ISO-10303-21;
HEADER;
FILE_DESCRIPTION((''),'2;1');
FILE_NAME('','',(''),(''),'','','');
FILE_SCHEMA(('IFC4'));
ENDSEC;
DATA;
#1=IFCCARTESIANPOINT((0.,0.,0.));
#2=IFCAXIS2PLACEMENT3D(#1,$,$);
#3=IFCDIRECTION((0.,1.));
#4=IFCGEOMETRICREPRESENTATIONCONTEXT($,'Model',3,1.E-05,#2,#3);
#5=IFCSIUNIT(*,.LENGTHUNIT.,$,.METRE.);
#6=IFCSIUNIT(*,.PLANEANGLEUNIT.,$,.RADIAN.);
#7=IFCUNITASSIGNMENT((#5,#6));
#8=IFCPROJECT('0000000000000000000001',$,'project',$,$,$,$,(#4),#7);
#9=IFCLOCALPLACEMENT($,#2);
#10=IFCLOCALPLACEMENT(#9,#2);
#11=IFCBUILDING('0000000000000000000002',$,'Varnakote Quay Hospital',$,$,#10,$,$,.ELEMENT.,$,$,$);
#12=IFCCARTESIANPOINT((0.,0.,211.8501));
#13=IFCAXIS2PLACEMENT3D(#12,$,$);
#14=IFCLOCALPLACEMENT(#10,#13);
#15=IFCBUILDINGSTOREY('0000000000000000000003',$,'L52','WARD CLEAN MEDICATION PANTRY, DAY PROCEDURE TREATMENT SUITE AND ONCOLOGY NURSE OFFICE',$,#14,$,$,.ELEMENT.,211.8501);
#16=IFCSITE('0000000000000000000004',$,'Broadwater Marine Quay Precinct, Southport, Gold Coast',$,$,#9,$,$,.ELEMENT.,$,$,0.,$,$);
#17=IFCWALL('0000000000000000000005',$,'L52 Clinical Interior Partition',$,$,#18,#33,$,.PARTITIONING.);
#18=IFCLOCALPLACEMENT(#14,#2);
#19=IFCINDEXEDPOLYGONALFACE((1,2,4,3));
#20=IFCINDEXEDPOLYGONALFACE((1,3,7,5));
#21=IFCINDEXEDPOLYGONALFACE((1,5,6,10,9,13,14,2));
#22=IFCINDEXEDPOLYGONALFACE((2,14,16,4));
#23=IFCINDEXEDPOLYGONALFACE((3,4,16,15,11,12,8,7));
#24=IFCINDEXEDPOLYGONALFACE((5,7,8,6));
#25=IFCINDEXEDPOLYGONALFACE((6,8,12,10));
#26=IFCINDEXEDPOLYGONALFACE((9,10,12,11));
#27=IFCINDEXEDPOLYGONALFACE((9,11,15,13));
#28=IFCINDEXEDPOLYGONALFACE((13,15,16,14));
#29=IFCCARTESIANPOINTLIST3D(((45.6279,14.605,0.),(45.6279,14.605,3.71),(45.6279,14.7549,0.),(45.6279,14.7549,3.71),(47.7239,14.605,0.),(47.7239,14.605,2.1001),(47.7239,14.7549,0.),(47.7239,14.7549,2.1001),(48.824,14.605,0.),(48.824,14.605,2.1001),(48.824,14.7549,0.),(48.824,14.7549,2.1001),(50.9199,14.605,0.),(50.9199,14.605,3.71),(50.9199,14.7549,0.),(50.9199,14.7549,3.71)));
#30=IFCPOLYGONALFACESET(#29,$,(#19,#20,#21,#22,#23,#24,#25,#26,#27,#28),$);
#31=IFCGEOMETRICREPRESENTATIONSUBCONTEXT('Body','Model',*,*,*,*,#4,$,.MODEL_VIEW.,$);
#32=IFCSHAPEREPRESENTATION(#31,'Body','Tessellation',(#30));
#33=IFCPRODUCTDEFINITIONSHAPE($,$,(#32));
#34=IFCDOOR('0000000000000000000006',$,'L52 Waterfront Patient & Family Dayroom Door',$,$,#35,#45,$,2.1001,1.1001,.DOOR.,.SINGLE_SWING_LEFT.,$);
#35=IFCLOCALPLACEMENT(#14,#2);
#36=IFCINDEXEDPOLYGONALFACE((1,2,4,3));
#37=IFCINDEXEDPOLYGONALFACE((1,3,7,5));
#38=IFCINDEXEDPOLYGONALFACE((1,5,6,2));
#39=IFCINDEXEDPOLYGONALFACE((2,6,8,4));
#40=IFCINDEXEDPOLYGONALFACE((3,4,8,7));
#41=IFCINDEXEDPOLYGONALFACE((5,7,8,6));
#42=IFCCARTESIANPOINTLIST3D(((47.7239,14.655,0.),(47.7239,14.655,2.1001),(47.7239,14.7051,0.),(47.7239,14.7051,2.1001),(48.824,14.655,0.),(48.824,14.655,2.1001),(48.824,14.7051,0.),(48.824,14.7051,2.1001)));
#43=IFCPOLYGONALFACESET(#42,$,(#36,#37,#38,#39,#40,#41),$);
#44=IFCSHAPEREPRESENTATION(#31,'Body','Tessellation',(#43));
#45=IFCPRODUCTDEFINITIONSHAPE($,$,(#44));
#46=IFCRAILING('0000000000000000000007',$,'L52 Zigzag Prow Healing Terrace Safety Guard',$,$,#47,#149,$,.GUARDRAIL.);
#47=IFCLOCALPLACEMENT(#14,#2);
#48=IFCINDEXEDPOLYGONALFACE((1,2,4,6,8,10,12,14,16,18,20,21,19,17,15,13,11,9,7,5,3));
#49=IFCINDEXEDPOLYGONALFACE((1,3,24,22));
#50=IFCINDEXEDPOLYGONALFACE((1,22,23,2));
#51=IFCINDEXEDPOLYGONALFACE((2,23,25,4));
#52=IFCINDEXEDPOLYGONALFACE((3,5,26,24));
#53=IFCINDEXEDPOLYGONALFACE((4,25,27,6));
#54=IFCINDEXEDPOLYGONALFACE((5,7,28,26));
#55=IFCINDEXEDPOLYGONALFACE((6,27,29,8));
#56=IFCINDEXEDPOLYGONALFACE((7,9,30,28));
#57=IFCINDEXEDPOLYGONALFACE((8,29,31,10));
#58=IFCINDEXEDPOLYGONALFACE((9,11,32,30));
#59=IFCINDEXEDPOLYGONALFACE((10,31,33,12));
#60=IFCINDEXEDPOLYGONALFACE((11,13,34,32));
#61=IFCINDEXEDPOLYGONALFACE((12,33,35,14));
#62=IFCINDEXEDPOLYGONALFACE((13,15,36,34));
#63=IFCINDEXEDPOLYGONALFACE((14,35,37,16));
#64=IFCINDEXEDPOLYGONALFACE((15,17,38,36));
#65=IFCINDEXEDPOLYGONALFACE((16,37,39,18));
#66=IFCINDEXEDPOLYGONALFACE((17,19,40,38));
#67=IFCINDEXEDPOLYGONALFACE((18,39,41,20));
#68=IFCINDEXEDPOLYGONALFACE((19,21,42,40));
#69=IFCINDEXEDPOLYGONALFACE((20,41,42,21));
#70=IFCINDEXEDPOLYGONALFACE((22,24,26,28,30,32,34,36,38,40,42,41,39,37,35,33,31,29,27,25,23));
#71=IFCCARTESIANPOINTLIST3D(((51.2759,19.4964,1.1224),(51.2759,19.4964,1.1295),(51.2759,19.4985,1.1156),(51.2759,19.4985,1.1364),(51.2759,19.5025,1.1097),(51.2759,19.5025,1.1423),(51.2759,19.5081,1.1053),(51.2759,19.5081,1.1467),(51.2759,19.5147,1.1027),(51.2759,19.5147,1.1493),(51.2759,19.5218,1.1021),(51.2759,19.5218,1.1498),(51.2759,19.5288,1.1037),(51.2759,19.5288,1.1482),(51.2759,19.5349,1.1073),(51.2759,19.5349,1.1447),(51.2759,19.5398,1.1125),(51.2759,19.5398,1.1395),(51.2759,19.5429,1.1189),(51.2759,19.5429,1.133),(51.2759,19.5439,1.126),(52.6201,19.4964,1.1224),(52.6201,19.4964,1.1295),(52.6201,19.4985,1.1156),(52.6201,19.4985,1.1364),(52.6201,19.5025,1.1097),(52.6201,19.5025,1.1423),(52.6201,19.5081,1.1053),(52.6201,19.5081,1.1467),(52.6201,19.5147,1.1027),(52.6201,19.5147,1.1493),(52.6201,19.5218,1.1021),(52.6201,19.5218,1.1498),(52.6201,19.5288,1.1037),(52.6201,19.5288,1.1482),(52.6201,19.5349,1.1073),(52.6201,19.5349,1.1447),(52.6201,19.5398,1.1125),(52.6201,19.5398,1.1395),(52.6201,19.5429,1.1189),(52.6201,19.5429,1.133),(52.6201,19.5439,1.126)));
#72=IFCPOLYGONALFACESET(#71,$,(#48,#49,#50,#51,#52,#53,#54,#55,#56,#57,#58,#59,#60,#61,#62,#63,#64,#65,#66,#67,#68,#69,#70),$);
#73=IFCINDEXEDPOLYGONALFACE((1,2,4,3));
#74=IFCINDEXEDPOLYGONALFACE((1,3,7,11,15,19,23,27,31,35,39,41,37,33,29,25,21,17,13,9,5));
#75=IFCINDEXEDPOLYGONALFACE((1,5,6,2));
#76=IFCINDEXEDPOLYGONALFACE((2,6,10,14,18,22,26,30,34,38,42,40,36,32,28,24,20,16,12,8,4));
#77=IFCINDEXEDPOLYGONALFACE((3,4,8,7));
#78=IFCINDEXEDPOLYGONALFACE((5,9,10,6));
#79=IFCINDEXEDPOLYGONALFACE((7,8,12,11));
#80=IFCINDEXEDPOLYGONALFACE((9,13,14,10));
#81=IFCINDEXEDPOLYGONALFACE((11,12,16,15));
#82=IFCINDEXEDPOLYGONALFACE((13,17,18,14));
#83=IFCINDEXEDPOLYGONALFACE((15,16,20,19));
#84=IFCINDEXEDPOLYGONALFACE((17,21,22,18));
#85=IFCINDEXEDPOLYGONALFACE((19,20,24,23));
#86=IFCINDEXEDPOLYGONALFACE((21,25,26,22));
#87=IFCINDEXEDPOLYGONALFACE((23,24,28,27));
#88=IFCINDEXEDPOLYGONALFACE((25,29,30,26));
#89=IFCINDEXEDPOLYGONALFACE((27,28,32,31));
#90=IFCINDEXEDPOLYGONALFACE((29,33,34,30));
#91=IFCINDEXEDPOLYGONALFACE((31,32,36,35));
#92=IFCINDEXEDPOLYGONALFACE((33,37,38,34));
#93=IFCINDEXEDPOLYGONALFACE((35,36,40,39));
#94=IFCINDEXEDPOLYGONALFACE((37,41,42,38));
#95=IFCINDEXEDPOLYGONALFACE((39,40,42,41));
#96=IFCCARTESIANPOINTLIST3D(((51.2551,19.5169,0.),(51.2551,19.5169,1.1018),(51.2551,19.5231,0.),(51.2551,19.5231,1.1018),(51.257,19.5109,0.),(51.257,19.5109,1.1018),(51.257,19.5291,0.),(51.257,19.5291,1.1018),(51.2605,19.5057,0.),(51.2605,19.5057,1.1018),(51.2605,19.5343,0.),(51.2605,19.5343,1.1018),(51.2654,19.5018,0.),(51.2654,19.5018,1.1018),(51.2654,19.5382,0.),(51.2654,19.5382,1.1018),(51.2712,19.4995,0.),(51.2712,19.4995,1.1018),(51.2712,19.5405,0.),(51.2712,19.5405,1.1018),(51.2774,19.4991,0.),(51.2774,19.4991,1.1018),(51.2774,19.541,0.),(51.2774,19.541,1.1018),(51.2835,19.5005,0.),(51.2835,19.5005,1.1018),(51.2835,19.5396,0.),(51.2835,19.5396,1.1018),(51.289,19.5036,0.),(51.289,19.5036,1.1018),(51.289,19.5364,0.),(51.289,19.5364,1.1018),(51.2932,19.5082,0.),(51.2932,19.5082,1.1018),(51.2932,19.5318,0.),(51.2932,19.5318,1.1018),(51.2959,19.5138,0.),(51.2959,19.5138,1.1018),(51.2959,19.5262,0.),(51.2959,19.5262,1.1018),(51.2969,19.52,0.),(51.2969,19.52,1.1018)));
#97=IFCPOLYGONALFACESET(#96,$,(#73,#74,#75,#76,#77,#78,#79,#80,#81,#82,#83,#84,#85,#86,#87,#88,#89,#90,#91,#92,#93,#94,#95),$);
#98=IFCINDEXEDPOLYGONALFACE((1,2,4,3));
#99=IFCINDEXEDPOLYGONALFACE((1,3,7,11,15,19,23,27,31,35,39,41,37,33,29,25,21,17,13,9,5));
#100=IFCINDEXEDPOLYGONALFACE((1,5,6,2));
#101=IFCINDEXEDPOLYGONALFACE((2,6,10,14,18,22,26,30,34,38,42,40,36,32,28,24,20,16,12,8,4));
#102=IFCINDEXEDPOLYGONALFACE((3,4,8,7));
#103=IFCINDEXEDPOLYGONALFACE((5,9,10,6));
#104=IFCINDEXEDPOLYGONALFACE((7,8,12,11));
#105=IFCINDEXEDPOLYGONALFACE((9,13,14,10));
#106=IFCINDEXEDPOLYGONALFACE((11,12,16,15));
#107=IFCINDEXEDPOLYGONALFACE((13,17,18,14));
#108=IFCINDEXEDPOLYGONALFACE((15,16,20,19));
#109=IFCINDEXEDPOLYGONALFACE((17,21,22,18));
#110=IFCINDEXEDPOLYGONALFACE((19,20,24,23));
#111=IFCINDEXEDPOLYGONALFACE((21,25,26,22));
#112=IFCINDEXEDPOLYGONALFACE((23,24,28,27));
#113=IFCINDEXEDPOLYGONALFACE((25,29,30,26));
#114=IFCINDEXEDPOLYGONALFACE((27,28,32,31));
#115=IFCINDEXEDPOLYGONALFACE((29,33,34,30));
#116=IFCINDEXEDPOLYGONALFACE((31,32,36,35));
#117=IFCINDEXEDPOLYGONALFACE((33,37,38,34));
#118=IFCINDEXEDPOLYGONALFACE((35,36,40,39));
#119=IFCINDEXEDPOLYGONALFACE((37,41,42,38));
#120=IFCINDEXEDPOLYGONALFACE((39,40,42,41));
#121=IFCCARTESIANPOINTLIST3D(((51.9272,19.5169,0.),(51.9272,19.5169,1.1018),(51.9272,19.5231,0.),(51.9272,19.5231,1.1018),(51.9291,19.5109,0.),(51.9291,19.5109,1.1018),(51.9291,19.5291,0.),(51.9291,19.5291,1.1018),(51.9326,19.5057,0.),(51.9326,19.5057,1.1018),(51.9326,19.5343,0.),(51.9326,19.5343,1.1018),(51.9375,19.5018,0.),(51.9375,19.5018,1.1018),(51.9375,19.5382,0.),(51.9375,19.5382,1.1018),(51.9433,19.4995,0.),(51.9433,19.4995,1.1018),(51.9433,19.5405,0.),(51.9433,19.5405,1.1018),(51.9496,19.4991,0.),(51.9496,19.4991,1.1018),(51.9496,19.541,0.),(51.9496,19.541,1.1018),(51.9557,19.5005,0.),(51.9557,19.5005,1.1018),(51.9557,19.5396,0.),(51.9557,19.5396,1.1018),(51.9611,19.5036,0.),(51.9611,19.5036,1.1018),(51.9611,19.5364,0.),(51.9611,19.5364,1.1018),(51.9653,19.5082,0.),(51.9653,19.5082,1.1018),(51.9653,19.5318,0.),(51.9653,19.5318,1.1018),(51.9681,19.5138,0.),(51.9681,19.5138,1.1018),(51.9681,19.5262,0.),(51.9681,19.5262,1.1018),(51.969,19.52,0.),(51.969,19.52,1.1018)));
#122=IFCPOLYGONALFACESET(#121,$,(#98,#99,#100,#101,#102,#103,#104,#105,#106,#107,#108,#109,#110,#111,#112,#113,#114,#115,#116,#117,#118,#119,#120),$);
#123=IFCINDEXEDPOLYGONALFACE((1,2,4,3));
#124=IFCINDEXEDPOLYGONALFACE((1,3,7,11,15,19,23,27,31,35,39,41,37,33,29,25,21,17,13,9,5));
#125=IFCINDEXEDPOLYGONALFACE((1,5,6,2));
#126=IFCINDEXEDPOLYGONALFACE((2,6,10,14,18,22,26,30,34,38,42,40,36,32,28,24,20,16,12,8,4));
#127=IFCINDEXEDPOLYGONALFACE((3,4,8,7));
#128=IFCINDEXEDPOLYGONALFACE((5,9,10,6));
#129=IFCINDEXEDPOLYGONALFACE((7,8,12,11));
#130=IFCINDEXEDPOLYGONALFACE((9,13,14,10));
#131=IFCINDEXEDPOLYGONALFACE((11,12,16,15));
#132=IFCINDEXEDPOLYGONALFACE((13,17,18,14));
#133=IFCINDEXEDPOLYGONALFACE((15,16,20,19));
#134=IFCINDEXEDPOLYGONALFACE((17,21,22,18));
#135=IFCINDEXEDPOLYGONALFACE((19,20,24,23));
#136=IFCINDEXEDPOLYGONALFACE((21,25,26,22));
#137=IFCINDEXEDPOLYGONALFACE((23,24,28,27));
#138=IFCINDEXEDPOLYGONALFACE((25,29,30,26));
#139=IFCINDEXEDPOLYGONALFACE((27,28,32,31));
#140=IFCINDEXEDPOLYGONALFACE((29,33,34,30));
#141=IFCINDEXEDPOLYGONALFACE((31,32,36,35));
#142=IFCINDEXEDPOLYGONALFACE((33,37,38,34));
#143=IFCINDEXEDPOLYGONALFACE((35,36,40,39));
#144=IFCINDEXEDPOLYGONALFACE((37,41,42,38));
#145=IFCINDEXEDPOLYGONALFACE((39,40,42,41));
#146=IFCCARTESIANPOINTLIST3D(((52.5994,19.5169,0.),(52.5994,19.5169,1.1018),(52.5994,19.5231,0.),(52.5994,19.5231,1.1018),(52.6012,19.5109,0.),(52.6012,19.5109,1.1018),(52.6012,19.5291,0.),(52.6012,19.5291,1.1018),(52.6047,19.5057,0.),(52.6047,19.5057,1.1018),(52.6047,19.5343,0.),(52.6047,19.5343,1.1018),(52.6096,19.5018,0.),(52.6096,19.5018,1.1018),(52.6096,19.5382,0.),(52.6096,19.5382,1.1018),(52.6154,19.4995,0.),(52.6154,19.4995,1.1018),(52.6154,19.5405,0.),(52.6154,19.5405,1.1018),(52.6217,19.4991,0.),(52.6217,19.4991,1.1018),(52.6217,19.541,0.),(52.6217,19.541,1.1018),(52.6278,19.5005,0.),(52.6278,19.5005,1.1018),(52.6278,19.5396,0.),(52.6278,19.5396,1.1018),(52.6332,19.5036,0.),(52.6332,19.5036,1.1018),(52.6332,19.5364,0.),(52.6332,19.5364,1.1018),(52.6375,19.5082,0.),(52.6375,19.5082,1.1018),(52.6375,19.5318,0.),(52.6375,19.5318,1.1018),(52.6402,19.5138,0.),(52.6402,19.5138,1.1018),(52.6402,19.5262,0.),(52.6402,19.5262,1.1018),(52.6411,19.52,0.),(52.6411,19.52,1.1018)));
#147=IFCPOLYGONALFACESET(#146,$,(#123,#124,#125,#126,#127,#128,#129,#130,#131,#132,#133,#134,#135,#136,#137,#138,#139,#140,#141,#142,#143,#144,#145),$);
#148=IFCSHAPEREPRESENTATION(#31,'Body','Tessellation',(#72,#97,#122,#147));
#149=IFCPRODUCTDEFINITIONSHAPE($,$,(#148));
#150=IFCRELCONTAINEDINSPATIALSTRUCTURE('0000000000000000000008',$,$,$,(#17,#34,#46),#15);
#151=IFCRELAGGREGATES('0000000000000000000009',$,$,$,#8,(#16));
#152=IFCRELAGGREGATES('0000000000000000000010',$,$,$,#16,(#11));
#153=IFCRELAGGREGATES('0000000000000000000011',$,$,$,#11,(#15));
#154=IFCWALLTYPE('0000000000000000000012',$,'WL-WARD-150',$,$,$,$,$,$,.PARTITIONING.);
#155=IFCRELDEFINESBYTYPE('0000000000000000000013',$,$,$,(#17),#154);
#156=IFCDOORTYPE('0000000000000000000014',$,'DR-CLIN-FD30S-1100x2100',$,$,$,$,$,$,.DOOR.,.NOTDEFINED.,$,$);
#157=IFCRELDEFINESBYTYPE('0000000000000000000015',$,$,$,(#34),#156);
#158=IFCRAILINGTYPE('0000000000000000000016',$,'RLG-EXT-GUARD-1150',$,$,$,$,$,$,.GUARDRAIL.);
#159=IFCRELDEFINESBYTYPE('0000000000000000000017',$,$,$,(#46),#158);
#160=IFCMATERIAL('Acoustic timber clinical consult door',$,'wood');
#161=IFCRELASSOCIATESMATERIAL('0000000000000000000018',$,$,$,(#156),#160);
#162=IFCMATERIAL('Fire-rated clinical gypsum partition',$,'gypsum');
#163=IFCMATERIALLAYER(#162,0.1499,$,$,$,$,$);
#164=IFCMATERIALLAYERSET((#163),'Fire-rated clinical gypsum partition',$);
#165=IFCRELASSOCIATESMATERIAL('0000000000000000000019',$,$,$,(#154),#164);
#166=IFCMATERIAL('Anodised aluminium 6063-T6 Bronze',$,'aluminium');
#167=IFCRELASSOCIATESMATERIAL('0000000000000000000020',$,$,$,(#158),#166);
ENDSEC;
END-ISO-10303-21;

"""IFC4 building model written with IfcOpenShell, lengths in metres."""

from ifc_helpers import new_model, si_unit, direction, frame, frame_2d, origin, origin_2d, place, context, subcontext, project, spatial, rectangle, circle, extrude, material, layer, layer_set, type_object, element, fill, save


model = new_model("IFC4")

# Units and contexts
model_context = context("Model", 3, precision=1e-05, world=origin(), true_north=direction((0.0, 1.0)))
body_context = subcontext(model_context, "Body", "Model", "MODEL_VIEW")
ifc_project = project(units=[si_unit("LENGTHUNIT", "METRE"), si_unit("PLANEANGLEUNIT", "RADIAN")], contexts=[model_context])

# Site, building, storey
site_placement = place(None, origin())
site = spatial("IfcSite", under=ifc_project, at=site_placement, Name="Broadwater Marine Quay Precinct, Southport, Gold Coast", CompositionType="ELEMENT", RefElevation=0.0)
building_placement = place(site_placement, origin())
building = spatial("IfcBuilding", under=site, at=building_placement, Name="Varnakote Quay Hospital", CompositionType="ELEMENT")
storey_placement = place(building_placement, frame((0.0, 0.0, 211.8501)))
storey = spatial("IfcBuildingStorey", under=building, at=storey_placement, Name="L52", Description="WARD CLEAN MEDICATION PANTRY, DAY PROCEDURE TREATMENT SUITE AND ONCOLOGY NURSE OFFICE", CompositionType="ELEMENT", Elevation=211.8501)

# Shared definitions
ifc_material_1 = material(Name="Acoustic timber clinical consult door", Category="wood")
door_type_1 = type_object("IfcDoorType", Name="DR-CLIN-FD30S-1100x2100", OperationType="NOTDEFINED", PredefinedType="DOOR", material=ifc_material_1)

# Wall, opening, door
ifc_material_2 = material(Name="Fire-rated clinical gypsum partition", Category="gypsum")
ifc_layer_1 = layer(ifc_material_2, 0.1499)
ifc_layer_set_1 = layer_set([ifc_layer_1], Name="Fire-rated clinical gypsum partition")
wall_type_1 = type_object("IfcWallType", Name="WL-WARD-150", PredefinedType="PARTITIONING", material=ifc_layer_set_1)
wall_1_placement = place(storey_placement, frame((50.9199, 14.6799, 0.0), z_axis=(0.0, 0.0, 1.0), x_axis=(-1.0, 0.0, 0.0)))
wall_1 = element("IfcWall", 1, at=wall_1_placement, inside=storey, type_object=wall_type_1, Name="L52 Clinical Interior Partition", PredefinedType="PARTITIONING", context=body_context, shape_type="SweptSolid", body=[
    extrude(rectangle(XDim=5.292, YDim=0.1499, at=frame_2d((2.646, 0.0))), origin(), (0.0, 0.0, 1.0), 3.71),
])
opening_1_placement = place(wall_1_placement, frame((2.0959, 0.0, 0.0)))
opening_1 = element("IfcOpeningElement", 2, at=opening_1_placement, cuts=wall_1, PredefinedType="OPENING", context=body_context, shape_type="SweptSolid", body=[
    extrude(rectangle(XDim=1.1001, YDim=2.1001, at=frame_2d((0.55, 1.05))), frame((0.0, 0.085, 0.0), z_axis=(0.0, -1.0, 0.0), x_axis=(1.0, 0.0, 0.0)), (0.0, 0.0, 1.0), 0.1699),
])
door_1_placement = place(opening_1_placement, origin())
door_1 = element("IfcDoor", 3, at=door_1_placement, inside=storey, type_object=door_type_1, Name="L52 Waterfront Patient & Family Dayroom Door", OperationType="SINGLE_SWING_LEFT", OverallHeight=2.1001, OverallWidth=1.1001, PredefinedType="DOOR", context=body_context, shape_type="SweptSolid", body=[
    extrude(rectangle(XDim=1.1001, YDim=2.1001, at=frame_2d((0.55, 1.05))), frame((0.0, 0.0249, 0.0), z_axis=(0.0, -1.0, 0.0), x_axis=(1.0, 0.0, 0.0)), (0.0, 0.0, 1.0), 0.05),
])
fill(opening_1, door_1)

# Railing
ifc_material_3 = material(Name="Anodised aluminium 6063-T6 Bronze", Category="aluminium")
railing_type = type_object("IfcRailingType", Name="RLG-EXT-GUARD-1150", PredefinedType="GUARDRAIL", material=ifc_material_3)
railing_1_placement = place(storey_placement, frame((51.2759, 19.52, 0.0)))
element("IfcRailing", 4, at=railing_1_placement, inside=storey, type_object=railing_type, Name="L52 Zigzag Prow Healing Terrace Safety Guard", PredefinedType="GUARDRAIL", context=body_context, shape_type="SweptSolid", body=[
    extrude(circle(Radius=0.0239, at=origin_2d()), frame((0.0, 0.0, 1.126), z_axis=(1.0, 0.0, 0.0), x_axis=(0.0, 1.0, 0.0)), (0.0, 0.0, 1.0), 1.3442),
    extrude(circle(Radius=0.021, at=origin_2d()), origin(), (0.0, 0.0, 1.0), 1.1018),
    extrude(circle(Radius=0.021, at=origin_2d()), frame((0.6721, 0.0, 0.0)), (0.0, 0.0, 1.0), 1.1018),
    extrude(circle(Radius=0.021, at=origin_2d()), frame((1.3442, 0.0, 0.0)), (0.0, 0.0, 1.0), 1.1018),
])

save(model, "model.ifc")
